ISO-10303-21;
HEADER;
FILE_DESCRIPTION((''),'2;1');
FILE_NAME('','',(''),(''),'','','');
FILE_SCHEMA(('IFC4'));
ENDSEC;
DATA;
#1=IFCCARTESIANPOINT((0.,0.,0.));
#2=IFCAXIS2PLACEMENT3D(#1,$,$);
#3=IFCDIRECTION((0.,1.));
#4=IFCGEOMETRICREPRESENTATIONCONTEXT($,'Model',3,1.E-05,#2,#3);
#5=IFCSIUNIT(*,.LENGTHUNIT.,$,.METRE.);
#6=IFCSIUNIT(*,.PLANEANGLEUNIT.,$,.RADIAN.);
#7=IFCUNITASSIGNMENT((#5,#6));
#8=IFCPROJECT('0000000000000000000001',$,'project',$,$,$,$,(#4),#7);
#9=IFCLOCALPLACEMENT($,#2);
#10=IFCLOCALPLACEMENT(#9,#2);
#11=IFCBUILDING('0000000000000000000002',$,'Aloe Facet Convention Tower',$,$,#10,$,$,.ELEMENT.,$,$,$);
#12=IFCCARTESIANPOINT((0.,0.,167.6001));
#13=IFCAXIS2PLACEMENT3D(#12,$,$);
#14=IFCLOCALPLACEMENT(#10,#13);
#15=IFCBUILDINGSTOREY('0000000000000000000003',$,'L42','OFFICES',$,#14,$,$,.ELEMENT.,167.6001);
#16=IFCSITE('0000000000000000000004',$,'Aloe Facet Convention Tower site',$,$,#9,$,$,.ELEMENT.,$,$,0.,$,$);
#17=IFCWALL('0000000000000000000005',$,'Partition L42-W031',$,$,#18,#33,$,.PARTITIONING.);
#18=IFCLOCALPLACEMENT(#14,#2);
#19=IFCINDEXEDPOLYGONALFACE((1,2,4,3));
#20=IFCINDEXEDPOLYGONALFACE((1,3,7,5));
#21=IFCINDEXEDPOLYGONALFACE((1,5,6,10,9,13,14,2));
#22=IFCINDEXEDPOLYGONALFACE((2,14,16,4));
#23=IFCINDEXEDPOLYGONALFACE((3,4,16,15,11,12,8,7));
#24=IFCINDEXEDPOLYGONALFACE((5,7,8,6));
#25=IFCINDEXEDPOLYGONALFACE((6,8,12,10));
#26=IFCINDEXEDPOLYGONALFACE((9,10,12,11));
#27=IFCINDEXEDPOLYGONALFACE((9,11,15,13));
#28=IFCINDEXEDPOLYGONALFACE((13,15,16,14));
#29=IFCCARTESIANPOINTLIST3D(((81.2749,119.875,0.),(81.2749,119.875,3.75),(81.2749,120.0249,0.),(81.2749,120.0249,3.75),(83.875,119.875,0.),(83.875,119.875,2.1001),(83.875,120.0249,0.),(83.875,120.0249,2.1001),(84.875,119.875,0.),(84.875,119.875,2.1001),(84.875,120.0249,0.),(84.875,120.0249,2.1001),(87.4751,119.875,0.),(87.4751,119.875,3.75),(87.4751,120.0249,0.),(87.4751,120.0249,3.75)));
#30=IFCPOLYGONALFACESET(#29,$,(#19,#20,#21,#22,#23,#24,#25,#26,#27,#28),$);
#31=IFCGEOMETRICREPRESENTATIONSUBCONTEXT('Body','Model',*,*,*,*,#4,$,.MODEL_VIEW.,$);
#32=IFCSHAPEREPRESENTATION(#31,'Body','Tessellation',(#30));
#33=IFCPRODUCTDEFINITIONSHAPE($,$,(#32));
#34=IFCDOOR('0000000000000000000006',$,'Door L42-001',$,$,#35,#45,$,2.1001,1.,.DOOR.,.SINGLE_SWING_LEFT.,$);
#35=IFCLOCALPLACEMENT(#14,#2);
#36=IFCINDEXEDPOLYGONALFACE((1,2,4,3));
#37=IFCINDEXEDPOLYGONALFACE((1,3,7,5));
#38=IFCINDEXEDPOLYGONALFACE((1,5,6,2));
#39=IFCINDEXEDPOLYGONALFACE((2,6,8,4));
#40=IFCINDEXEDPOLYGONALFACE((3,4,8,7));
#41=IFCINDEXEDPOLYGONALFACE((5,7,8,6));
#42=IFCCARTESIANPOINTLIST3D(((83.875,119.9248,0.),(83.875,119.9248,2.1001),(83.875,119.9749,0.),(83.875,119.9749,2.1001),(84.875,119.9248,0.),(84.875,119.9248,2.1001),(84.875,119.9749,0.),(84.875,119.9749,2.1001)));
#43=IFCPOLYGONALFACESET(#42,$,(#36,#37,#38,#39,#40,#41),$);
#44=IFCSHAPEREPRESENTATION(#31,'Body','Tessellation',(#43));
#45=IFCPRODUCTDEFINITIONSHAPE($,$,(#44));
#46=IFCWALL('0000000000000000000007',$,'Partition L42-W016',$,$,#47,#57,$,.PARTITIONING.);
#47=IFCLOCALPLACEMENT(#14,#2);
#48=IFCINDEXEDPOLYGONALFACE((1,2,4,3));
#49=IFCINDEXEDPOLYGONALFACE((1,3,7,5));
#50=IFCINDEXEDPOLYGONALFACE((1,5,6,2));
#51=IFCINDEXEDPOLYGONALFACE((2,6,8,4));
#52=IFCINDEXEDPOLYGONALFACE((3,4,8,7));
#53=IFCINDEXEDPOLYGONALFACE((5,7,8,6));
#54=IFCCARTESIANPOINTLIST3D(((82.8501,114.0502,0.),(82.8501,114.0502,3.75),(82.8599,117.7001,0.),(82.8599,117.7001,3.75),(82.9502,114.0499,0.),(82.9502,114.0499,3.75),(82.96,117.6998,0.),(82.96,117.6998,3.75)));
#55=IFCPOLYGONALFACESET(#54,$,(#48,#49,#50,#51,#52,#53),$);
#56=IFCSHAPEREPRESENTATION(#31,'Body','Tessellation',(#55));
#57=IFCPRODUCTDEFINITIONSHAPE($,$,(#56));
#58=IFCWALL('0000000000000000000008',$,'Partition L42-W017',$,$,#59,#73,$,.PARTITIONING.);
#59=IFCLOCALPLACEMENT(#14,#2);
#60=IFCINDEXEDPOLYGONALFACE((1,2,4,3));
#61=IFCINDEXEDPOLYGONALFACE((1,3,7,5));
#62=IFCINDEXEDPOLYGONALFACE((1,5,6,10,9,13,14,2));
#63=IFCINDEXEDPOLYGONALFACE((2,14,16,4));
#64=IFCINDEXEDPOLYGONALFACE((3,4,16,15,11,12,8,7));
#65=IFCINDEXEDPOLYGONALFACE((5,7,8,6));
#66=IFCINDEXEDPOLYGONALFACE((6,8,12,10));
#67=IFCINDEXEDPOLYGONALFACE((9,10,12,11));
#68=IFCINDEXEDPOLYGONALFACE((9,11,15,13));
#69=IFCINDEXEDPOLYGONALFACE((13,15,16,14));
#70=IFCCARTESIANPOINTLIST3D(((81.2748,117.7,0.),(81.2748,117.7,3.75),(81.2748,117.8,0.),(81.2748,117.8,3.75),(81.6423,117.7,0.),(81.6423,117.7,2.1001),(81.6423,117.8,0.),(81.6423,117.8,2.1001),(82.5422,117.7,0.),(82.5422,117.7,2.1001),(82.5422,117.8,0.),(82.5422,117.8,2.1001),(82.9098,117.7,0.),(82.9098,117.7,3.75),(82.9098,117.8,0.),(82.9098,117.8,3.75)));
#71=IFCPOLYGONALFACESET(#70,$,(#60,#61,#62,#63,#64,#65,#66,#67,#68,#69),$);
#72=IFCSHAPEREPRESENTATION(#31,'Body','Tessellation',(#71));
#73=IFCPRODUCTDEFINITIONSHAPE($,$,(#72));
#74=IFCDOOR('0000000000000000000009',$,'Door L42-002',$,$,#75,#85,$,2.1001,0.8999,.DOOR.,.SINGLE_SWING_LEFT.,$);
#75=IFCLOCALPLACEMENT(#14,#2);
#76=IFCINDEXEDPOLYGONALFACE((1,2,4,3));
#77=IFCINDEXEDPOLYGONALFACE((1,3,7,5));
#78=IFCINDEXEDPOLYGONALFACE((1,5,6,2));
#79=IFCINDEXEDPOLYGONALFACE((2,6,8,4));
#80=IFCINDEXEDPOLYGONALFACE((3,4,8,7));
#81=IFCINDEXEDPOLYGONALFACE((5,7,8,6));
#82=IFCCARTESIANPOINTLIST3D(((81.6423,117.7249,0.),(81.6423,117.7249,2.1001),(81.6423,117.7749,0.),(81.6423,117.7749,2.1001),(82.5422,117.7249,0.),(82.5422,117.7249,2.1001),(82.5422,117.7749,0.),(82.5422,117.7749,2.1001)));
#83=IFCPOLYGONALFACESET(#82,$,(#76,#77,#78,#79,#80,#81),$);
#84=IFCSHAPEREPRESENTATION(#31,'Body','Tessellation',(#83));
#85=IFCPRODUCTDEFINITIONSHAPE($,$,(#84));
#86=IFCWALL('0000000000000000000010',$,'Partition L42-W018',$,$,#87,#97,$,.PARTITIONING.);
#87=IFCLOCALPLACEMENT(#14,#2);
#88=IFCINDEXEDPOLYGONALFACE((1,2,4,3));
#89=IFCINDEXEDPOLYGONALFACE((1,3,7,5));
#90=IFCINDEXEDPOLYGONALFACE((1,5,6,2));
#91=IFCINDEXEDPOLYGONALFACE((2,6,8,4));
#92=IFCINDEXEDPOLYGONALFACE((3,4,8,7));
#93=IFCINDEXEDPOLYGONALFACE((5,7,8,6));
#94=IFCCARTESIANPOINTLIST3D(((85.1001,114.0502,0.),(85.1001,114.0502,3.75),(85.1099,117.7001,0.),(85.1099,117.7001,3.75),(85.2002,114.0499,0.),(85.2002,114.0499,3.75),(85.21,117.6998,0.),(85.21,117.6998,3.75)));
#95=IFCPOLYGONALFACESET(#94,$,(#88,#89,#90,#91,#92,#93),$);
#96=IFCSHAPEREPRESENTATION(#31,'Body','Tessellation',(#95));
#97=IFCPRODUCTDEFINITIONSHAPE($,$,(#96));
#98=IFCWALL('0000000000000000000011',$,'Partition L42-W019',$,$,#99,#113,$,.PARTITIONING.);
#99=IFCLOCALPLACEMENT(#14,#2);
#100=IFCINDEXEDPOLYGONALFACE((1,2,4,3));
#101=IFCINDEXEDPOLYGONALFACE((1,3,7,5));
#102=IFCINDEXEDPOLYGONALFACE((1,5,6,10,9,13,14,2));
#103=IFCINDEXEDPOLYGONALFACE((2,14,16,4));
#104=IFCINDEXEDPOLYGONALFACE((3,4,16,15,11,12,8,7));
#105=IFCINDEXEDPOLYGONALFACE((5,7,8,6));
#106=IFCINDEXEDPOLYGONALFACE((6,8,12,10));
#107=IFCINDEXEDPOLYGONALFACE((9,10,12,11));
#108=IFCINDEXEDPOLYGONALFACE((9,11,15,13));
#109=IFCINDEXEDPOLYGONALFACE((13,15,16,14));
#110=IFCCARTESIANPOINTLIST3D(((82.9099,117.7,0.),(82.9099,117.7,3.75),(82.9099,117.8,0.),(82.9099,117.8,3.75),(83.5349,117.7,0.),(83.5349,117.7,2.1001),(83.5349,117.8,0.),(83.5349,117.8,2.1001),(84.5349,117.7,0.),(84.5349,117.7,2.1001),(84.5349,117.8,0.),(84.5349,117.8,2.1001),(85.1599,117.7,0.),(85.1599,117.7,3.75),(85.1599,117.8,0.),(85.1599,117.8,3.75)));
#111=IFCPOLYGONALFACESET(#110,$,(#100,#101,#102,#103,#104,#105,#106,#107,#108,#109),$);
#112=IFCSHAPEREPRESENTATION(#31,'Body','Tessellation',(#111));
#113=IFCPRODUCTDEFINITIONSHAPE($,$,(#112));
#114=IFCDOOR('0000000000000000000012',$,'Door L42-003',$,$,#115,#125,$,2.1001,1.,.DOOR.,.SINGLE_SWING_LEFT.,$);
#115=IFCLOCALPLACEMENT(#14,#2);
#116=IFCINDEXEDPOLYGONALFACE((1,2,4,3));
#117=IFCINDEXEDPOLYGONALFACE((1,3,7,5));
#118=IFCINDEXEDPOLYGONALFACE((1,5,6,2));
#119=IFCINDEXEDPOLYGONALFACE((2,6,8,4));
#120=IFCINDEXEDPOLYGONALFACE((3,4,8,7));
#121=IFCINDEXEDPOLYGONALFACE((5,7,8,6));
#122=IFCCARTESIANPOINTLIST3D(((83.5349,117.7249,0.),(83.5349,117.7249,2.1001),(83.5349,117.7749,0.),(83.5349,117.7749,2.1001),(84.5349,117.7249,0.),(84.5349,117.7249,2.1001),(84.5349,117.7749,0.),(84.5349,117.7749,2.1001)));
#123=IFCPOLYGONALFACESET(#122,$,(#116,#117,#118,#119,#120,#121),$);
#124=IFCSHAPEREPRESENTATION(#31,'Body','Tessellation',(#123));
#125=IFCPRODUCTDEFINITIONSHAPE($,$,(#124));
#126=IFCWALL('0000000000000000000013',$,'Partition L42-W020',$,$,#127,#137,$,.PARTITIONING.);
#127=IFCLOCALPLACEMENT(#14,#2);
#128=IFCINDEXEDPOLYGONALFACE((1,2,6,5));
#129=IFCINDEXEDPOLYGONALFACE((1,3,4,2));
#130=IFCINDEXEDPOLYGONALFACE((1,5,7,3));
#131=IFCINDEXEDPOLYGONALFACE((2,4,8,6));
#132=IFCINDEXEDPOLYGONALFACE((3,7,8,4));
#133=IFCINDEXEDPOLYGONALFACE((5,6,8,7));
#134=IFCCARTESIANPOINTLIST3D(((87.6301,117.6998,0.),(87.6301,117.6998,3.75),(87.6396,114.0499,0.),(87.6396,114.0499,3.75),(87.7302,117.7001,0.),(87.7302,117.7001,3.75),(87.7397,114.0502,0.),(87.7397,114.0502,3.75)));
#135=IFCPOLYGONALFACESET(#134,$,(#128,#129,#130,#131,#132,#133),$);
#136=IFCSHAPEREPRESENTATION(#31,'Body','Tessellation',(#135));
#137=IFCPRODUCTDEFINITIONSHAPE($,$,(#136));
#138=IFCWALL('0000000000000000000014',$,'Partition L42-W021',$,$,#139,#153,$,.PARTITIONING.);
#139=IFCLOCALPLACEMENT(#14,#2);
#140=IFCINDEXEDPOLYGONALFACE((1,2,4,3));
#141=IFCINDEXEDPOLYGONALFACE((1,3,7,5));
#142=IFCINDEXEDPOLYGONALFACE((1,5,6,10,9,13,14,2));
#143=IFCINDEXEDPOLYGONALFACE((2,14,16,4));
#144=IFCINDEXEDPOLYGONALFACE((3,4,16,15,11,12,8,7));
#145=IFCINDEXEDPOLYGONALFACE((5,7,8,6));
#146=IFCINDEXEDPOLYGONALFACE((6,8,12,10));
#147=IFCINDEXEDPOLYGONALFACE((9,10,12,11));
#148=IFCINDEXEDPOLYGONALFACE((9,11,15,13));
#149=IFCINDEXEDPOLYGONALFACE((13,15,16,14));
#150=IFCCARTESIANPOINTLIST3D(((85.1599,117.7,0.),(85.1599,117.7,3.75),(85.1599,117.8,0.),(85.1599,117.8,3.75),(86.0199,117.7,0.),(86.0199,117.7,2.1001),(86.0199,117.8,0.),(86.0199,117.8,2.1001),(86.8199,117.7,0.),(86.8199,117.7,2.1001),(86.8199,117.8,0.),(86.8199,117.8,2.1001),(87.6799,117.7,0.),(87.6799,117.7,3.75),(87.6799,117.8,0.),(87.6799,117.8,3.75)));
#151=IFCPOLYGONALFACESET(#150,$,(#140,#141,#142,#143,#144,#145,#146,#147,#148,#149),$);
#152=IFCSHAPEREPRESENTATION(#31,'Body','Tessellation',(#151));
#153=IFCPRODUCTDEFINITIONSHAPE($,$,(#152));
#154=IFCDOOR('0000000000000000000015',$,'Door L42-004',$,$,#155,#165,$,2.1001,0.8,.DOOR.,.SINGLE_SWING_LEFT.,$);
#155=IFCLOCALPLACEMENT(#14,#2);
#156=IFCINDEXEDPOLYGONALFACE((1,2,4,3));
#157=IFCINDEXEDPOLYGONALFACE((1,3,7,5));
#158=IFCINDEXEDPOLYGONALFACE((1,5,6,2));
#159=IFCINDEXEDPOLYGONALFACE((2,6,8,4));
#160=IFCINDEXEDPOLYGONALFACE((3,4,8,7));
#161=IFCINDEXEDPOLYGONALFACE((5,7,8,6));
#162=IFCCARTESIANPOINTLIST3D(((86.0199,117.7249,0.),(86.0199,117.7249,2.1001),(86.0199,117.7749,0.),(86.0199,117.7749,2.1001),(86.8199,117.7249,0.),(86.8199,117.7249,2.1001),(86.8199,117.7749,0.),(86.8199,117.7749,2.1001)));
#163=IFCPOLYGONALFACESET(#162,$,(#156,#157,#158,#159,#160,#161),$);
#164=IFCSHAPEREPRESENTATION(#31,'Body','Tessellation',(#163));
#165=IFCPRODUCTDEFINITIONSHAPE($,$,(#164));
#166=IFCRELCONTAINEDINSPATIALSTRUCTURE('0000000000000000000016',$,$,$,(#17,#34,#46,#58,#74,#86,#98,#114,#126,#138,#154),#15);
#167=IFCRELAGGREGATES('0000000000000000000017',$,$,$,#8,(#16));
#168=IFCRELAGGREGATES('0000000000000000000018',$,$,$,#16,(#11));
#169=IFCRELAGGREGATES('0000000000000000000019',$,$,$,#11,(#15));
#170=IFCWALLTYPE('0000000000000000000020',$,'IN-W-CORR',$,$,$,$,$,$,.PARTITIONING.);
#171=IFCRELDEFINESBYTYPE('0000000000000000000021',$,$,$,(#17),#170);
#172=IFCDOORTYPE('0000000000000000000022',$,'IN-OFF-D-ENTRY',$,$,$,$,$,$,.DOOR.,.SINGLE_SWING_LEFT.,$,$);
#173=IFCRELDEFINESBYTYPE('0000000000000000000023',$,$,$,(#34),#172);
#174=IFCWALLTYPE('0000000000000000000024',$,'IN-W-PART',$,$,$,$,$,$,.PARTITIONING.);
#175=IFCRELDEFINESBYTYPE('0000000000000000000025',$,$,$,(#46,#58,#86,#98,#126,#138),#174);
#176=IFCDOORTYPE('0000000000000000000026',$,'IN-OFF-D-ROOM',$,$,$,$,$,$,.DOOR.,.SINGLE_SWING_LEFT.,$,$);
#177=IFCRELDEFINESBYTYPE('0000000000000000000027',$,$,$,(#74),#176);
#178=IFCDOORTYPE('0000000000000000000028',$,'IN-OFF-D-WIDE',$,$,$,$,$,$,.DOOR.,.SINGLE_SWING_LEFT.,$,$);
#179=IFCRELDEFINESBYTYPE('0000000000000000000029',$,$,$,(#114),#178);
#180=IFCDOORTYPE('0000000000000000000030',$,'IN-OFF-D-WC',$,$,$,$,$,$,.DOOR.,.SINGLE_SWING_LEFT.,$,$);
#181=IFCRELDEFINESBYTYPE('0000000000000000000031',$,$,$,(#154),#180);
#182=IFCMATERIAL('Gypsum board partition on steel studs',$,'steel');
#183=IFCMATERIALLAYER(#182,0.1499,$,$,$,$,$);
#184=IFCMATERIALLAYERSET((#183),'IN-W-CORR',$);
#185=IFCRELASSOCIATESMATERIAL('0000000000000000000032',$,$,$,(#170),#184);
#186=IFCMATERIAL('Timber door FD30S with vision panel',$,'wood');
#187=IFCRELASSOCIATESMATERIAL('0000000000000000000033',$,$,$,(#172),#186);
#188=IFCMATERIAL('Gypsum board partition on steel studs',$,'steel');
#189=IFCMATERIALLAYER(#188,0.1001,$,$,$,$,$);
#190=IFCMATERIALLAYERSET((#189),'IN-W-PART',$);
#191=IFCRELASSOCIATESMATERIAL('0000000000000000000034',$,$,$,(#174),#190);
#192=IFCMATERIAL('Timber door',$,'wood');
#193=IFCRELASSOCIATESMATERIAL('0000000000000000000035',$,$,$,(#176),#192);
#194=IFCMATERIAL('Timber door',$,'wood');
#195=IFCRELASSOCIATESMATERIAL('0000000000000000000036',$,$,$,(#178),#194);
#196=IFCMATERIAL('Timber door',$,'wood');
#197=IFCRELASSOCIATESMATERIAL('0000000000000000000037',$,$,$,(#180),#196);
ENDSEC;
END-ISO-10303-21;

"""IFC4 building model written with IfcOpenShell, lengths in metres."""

from ifc_helpers import new_model, si_unit, direction, frame, frame_2d, origin, place, context, subcontext, project, spatial, rectangle, extrude, material, layer, layer_set, type_object, element, fill, save


model = new_model("IFC4")

# Units and contexts
model_context = context("Model", 3, precision=1e-05, world=origin(), true_north=direction((0.0, 1.0)))
body_context = subcontext(model_context, "Body", "Model", "MODEL_VIEW")
ifc_project = project(units=[si_unit("LENGTHUNIT", "METRE"), si_unit("PLANEANGLEUNIT", "RADIAN")], contexts=[model_context])

# Site, building, storey
site_placement = place(None, origin())
site = spatial("IfcSite", under=ifc_project, at=site_placement, Name="Aloe Facet Convention Tower site", CompositionType="ELEMENT", RefElevation=0.0)
building_placement = place(site_placement, origin())
building = spatial("IfcBuilding", under=site, at=building_placement, Name="Aloe Facet Convention Tower", CompositionType="ELEMENT")
storey_placement = place(building_placement, frame((0.0, 0.0, 167.6001)))
storey = spatial("IfcBuildingStorey", under=building, at=storey_placement, Name="L42", Description="OFFICES", CompositionType="ELEMENT", Elevation=167.6001)

# Shared definitions
ifc_material_1 = material(Name="Gypsum board partition on steel studs", Category="steel")
ifc_layer_1 = layer(ifc_material_1, 0.1499)
ifc_layer_set_1 = layer_set([ifc_layer_1], Name="IN-W-CORR")
wall_type_1 = type_object("IfcWallType", Name="IN-W-CORR", PredefinedType="PARTITIONING", material=ifc_layer_set_1)

# Wall, opening, door
wall_1_placement = place(storey_placement, frame((81.2749, 119.95, 0.0), z_axis=(0.0, 0.0, 1.0), x_axis=(1.0, 0.0, 0.0)))
wall_1 = element("IfcWall", 1, at=wall_1_placement, inside=storey, type_object=wall_type_1, Name="Partition L42-W031", PredefinedType="PARTITIONING", context=body_context, shape_type="SweptSolid", body=[
    extrude(rectangle(XDim=6.2002, YDim=0.1499, at=frame_2d((3.1001, 0.0))), origin(), (0.0, 0.0, 1.0), 3.75),
])
opening_1_placement = place(wall_1_placement, frame((2.6001, 0.0, 0.0)))
opening_1 = element("IfcOpeningElement", 2, at=opening_1_placement, cuts=wall_1, PredefinedType="OPENING", context=body_context, shape_type="SweptSolid", body=[
    extrude(rectangle(XDim=1.0, YDim=2.1001, at=frame_2d((0.5, 1.05))), frame((0.0, 0.085, 0.0), z_axis=(0.0, -1.0, 0.0), x_axis=(1.0, 0.0, 0.0)), (0.0, 0.0, 1.0), 0.1699),
])
ifc_material_2 = material(Name="Timber door FD30S with vision panel", Category="wood")
door_type_1 = type_object("IfcDoorType", Name="IN-OFF-D-ENTRY", OperationType="SINGLE_SWING_LEFT", PredefinedType="DOOR", material=ifc_material_2)
door_1_placement = place(opening_1_placement, origin())
door_1 = element("IfcDoor", 3, at=door_1_placement, inside=storey, type_object=door_type_1, Name="Door L42-001", OperationType="SINGLE_SWING_LEFT", OverallHeight=2.1001, OverallWidth=1.0, PredefinedType="DOOR", context=body_context, shape_type="SweptSolid", body=[
    extrude(rectangle(XDim=1.0, YDim=2.1001, at=frame_2d((0.5, 1.05))), frame((0.0, 0.0249, 0.0), z_axis=(0.0, -1.0, 0.0), x_axis=(1.0, 0.0, 0.0)), (0.0, 0.0, 1.0), 0.05),
])
fill(opening_1, door_1)

# Wall
ifc_material_3 = material(Name="Gypsum board partition on steel studs", Category="steel")
ifc_layer_2 = layer(ifc_material_3, 0.1001)
ifc_layer_set_2 = layer_set([ifc_layer_2], Name="IN-W-PART")
wall_type_2 = type_object("IfcWallType", Name="IN-W-PART", PredefinedType="PARTITIONING", material=ifc_layer_set_2)
wall_2_placement = place(storey_placement, frame((82.9001, 114.05, 0.0), z_axis=(0.0, 0.0, 1.0), x_axis=(0.002676, 0.999996, 0.0)))
element("IfcWall", 4, at=wall_2_placement, inside=storey, type_object=wall_type_2, Name="Partition L42-W016", PredefinedType="PARTITIONING", context=body_context, shape_type="SweptSolid", body=[
    extrude(rectangle(XDim=3.6499, YDim=0.1001, at=frame_2d((1.825, 0.0))), origin(), (0.0, 0.0, 1.0), 3.75),
])

# Wall, opening, door
wall_3_placement = place(storey_placement, frame((81.2749, 117.75, 0.0), z_axis=(0.0, 0.0, 1.0), x_axis=(1.0, 0.0, 0.0)))
wall_3 = element("IfcWall", 5, at=wall_3_placement, inside=storey, type_object=wall_type_2, Name="Partition L42-W017", PredefinedType="PARTITIONING", context=body_context, shape_type="SweptSolid", body=[
    extrude(rectangle(XDim=1.635, YDim=0.1001, at=frame_2d((0.8174, 0.0))), origin(), (0.0, 0.0, 1.0), 3.75),
])
opening_2_placement = place(wall_3_placement, frame((0.3674, 0.0, 0.0)))
opening_2 = element("IfcOpeningElement", 6, at=opening_2_placement, cuts=wall_3, PredefinedType="OPENING", context=body_context, shape_type="SweptSolid", body=[
    extrude(rectangle(XDim=0.8999, YDim=2.1001, at=frame_2d((0.45, 1.05))), frame((0.0, 0.0601, 0.0), z_axis=(0.0, -1.0, 0.0), x_axis=(1.0, 0.0, 0.0)), (0.0, 0.0, 1.0), 0.1201),
])
ifc_material_4 = material(Name="Timber door", Category="wood")
door_type_2 = type_object("IfcDoorType", Name="IN-OFF-D-ROOM", OperationType="SINGLE_SWING_LEFT", PredefinedType="DOOR", material=ifc_material_4)
door_2_placement = place(opening_2_placement, origin())
door_2 = element("IfcDoor", 7, at=door_2_placement, inside=storey, type_object=door_type_2, Name="Door L42-002", OperationType="SINGLE_SWING_LEFT", OverallHeight=2.1001, OverallWidth=0.8999, PredefinedType="DOOR", context=body_context, shape_type="SweptSolid", body=[
    extrude(rectangle(XDim=0.8999, YDim=2.1001, at=frame_2d((0.45, 1.05))), frame((0.0, 0.0249, 0.0), z_axis=(0.0, -1.0, 0.0), x_axis=(1.0, 0.0, 0.0)), (0.0, 0.0, 1.0), 0.05),
])
fill(opening_2, door_2)

# Wall
wall_4_placement = place(storey_placement, frame((85.1501, 114.05, 0.0), z_axis=(0.0, 0.0, 1.0), x_axis=(0.002676, 0.999996, 0.0)))
element("IfcWall", 8, at=wall_4_placement, inside=storey, type_object=wall_type_2, Name="Partition L42-W018", PredefinedType="PARTITIONING", context=body_context, shape_type="SweptSolid", body=[
    extrude(rectangle(XDim=3.6499, YDim=0.1001, at=frame_2d((1.825, 0.0))), origin(), (0.0, 0.0, 1.0), 3.75),
])

# Wall, opening, door
wall_5_placement = place(storey_placement, frame((82.9099, 117.75, 0.0), z_axis=(0.0, 0.0, 1.0), x_axis=(1.0, 0.0, 0.0)))
wall_5 = element("IfcWall", 9, at=wall_5_placement, inside=storey, type_object=wall_type_2, Name="Partition L42-W019", PredefinedType="PARTITIONING", context=body_context, shape_type="SweptSolid", body=[
    extrude(rectangle(XDim=2.25, YDim=0.1001, at=frame_2d((1.125, 0.0))), origin(), (0.0, 0.0, 1.0), 3.75),
])
opening_3_placement = place(wall_5_placement, frame((0.625, 0.0, 0.0)))
opening_3 = element("IfcOpeningElement", 10, at=opening_3_placement, cuts=wall_5, PredefinedType="OPENING", context=body_context, shape_type="SweptSolid", body=[
    extrude(rectangle(XDim=1.0, YDim=2.1001, at=frame_2d((0.5, 1.05))), frame((0.0, 0.0601, 0.0), z_axis=(0.0, -1.0, 0.0), x_axis=(1.0, 0.0, 0.0)), (0.0, 0.0, 1.0), 0.1201),
])
ifc_material_5 = material(Name="Timber door", Category="wood")
door_type_3 = type_object("IfcDoorType", Name="IN-OFF-D-WIDE", OperationType="SINGLE_SWING_LEFT", PredefinedType="DOOR", material=ifc_material_5)
door_3_placement = place(opening_3_placement, origin())
door_3 = element("IfcDoor", 11, at=door_3_placement, inside=storey, type_object=door_type_3, Name="Door L42-003", OperationType="SINGLE_SWING_LEFT", OverallHeight=2.1001, OverallWidth=1.0, PredefinedType="DOOR", context=body_context, shape_type="SweptSolid", body=[
    extrude(rectangle(XDim=1.0, YDim=2.1001, at=frame_2d((0.5, 1.05))), frame((0.0, 0.0249, 0.0), z_axis=(0.0, -1.0, 0.0), x_axis=(1.0, 0.0, 0.0)), (0.0, 0.0, 1.0), 0.05),
])
fill(opening_3, door_3)

# Wall
wall_6_placement = place(storey_placement, frame((87.6897, 114.05, 0.0), z_axis=(0.0, 0.0, 1.0), x_axis=(-0.002609, 0.999997, 0.0)))
element("IfcWall", 12, at=wall_6_placement, inside=storey, type_object=wall_type_2, Name="Partition L42-W020", PredefinedType="PARTITIONING", context=body_context, shape_type="SweptSolid", body=[
    extrude(rectangle(XDim=3.6499, YDim=0.1001, at=frame_2d((1.825, 0.0))), origin(), (0.0, 0.0, 1.0), 3.75),
])

# Wall, opening, door
wall_7_placement = place(storey_placement, frame((85.1599, 117.75, 0.0), z_axis=(0.0, 0.0, 1.0), x_axis=(1.0, 0.0, 0.0)))
wall_7 = element("IfcWall", 13, at=wall_7_placement, inside=storey, type_object=wall_type_2, Name="Partition L42-W021", PredefinedType="PARTITIONING", context=body_context, shape_type="SweptSolid", body=[
    extrude(rectangle(XDim=2.52, YDim=0.1001, at=frame_2d((1.26, 0.0))), origin(), (0.0, 0.0, 1.0), 3.75),
])
opening_4_placement = place(wall_7_placement, frame((0.8601, 0.0, 0.0)))
opening_4 = element("IfcOpeningElement", 14, at=opening_4_placement, cuts=wall_7, PredefinedType="OPENING", context=body_context, shape_type="SweptSolid", body=[
    extrude(rectangle(XDim=0.8, YDim=2.1001, at=frame_2d((0.3999, 1.05))), frame((0.0, 0.0601, 0.0), z_axis=(0.0, -1.0, 0.0), x_axis=(1.0, 0.0, 0.0)), (0.0, 0.0, 1.0), 0.1201),
])
ifc_material_6 = material(Name="Timber door", Category="wood")
door_type_4 = type_object("IfcDoorType", Name="IN-OFF-D-WC", OperationType="SINGLE_SWING_LEFT", PredefinedType="DOOR", material=ifc_material_6)
door_4_placement = place(opening_4_placement, origin())
door_4 = element("IfcDoor", 15, at=door_4_placement, inside=storey, type_object=door_type_4, Name="Door L42-004", OperationType="SINGLE_SWING_LEFT", OverallHeight=2.1001, OverallWidth=0.8, PredefinedType="DOOR", context=body_context, shape_type="SweptSolid", body=[
    extrude(rectangle(XDim=0.8, YDim=2.1001, at=frame_2d((0.3999, 1.05))), frame((0.0, 0.0249, 0.0), z_axis=(0.0, -1.0, 0.0), x_axis=(1.0, 0.0, 0.0)), (0.0, 0.0, 1.0), 0.05),
])
fill(opening_4, door_4)

save(model, "model.ifc")
